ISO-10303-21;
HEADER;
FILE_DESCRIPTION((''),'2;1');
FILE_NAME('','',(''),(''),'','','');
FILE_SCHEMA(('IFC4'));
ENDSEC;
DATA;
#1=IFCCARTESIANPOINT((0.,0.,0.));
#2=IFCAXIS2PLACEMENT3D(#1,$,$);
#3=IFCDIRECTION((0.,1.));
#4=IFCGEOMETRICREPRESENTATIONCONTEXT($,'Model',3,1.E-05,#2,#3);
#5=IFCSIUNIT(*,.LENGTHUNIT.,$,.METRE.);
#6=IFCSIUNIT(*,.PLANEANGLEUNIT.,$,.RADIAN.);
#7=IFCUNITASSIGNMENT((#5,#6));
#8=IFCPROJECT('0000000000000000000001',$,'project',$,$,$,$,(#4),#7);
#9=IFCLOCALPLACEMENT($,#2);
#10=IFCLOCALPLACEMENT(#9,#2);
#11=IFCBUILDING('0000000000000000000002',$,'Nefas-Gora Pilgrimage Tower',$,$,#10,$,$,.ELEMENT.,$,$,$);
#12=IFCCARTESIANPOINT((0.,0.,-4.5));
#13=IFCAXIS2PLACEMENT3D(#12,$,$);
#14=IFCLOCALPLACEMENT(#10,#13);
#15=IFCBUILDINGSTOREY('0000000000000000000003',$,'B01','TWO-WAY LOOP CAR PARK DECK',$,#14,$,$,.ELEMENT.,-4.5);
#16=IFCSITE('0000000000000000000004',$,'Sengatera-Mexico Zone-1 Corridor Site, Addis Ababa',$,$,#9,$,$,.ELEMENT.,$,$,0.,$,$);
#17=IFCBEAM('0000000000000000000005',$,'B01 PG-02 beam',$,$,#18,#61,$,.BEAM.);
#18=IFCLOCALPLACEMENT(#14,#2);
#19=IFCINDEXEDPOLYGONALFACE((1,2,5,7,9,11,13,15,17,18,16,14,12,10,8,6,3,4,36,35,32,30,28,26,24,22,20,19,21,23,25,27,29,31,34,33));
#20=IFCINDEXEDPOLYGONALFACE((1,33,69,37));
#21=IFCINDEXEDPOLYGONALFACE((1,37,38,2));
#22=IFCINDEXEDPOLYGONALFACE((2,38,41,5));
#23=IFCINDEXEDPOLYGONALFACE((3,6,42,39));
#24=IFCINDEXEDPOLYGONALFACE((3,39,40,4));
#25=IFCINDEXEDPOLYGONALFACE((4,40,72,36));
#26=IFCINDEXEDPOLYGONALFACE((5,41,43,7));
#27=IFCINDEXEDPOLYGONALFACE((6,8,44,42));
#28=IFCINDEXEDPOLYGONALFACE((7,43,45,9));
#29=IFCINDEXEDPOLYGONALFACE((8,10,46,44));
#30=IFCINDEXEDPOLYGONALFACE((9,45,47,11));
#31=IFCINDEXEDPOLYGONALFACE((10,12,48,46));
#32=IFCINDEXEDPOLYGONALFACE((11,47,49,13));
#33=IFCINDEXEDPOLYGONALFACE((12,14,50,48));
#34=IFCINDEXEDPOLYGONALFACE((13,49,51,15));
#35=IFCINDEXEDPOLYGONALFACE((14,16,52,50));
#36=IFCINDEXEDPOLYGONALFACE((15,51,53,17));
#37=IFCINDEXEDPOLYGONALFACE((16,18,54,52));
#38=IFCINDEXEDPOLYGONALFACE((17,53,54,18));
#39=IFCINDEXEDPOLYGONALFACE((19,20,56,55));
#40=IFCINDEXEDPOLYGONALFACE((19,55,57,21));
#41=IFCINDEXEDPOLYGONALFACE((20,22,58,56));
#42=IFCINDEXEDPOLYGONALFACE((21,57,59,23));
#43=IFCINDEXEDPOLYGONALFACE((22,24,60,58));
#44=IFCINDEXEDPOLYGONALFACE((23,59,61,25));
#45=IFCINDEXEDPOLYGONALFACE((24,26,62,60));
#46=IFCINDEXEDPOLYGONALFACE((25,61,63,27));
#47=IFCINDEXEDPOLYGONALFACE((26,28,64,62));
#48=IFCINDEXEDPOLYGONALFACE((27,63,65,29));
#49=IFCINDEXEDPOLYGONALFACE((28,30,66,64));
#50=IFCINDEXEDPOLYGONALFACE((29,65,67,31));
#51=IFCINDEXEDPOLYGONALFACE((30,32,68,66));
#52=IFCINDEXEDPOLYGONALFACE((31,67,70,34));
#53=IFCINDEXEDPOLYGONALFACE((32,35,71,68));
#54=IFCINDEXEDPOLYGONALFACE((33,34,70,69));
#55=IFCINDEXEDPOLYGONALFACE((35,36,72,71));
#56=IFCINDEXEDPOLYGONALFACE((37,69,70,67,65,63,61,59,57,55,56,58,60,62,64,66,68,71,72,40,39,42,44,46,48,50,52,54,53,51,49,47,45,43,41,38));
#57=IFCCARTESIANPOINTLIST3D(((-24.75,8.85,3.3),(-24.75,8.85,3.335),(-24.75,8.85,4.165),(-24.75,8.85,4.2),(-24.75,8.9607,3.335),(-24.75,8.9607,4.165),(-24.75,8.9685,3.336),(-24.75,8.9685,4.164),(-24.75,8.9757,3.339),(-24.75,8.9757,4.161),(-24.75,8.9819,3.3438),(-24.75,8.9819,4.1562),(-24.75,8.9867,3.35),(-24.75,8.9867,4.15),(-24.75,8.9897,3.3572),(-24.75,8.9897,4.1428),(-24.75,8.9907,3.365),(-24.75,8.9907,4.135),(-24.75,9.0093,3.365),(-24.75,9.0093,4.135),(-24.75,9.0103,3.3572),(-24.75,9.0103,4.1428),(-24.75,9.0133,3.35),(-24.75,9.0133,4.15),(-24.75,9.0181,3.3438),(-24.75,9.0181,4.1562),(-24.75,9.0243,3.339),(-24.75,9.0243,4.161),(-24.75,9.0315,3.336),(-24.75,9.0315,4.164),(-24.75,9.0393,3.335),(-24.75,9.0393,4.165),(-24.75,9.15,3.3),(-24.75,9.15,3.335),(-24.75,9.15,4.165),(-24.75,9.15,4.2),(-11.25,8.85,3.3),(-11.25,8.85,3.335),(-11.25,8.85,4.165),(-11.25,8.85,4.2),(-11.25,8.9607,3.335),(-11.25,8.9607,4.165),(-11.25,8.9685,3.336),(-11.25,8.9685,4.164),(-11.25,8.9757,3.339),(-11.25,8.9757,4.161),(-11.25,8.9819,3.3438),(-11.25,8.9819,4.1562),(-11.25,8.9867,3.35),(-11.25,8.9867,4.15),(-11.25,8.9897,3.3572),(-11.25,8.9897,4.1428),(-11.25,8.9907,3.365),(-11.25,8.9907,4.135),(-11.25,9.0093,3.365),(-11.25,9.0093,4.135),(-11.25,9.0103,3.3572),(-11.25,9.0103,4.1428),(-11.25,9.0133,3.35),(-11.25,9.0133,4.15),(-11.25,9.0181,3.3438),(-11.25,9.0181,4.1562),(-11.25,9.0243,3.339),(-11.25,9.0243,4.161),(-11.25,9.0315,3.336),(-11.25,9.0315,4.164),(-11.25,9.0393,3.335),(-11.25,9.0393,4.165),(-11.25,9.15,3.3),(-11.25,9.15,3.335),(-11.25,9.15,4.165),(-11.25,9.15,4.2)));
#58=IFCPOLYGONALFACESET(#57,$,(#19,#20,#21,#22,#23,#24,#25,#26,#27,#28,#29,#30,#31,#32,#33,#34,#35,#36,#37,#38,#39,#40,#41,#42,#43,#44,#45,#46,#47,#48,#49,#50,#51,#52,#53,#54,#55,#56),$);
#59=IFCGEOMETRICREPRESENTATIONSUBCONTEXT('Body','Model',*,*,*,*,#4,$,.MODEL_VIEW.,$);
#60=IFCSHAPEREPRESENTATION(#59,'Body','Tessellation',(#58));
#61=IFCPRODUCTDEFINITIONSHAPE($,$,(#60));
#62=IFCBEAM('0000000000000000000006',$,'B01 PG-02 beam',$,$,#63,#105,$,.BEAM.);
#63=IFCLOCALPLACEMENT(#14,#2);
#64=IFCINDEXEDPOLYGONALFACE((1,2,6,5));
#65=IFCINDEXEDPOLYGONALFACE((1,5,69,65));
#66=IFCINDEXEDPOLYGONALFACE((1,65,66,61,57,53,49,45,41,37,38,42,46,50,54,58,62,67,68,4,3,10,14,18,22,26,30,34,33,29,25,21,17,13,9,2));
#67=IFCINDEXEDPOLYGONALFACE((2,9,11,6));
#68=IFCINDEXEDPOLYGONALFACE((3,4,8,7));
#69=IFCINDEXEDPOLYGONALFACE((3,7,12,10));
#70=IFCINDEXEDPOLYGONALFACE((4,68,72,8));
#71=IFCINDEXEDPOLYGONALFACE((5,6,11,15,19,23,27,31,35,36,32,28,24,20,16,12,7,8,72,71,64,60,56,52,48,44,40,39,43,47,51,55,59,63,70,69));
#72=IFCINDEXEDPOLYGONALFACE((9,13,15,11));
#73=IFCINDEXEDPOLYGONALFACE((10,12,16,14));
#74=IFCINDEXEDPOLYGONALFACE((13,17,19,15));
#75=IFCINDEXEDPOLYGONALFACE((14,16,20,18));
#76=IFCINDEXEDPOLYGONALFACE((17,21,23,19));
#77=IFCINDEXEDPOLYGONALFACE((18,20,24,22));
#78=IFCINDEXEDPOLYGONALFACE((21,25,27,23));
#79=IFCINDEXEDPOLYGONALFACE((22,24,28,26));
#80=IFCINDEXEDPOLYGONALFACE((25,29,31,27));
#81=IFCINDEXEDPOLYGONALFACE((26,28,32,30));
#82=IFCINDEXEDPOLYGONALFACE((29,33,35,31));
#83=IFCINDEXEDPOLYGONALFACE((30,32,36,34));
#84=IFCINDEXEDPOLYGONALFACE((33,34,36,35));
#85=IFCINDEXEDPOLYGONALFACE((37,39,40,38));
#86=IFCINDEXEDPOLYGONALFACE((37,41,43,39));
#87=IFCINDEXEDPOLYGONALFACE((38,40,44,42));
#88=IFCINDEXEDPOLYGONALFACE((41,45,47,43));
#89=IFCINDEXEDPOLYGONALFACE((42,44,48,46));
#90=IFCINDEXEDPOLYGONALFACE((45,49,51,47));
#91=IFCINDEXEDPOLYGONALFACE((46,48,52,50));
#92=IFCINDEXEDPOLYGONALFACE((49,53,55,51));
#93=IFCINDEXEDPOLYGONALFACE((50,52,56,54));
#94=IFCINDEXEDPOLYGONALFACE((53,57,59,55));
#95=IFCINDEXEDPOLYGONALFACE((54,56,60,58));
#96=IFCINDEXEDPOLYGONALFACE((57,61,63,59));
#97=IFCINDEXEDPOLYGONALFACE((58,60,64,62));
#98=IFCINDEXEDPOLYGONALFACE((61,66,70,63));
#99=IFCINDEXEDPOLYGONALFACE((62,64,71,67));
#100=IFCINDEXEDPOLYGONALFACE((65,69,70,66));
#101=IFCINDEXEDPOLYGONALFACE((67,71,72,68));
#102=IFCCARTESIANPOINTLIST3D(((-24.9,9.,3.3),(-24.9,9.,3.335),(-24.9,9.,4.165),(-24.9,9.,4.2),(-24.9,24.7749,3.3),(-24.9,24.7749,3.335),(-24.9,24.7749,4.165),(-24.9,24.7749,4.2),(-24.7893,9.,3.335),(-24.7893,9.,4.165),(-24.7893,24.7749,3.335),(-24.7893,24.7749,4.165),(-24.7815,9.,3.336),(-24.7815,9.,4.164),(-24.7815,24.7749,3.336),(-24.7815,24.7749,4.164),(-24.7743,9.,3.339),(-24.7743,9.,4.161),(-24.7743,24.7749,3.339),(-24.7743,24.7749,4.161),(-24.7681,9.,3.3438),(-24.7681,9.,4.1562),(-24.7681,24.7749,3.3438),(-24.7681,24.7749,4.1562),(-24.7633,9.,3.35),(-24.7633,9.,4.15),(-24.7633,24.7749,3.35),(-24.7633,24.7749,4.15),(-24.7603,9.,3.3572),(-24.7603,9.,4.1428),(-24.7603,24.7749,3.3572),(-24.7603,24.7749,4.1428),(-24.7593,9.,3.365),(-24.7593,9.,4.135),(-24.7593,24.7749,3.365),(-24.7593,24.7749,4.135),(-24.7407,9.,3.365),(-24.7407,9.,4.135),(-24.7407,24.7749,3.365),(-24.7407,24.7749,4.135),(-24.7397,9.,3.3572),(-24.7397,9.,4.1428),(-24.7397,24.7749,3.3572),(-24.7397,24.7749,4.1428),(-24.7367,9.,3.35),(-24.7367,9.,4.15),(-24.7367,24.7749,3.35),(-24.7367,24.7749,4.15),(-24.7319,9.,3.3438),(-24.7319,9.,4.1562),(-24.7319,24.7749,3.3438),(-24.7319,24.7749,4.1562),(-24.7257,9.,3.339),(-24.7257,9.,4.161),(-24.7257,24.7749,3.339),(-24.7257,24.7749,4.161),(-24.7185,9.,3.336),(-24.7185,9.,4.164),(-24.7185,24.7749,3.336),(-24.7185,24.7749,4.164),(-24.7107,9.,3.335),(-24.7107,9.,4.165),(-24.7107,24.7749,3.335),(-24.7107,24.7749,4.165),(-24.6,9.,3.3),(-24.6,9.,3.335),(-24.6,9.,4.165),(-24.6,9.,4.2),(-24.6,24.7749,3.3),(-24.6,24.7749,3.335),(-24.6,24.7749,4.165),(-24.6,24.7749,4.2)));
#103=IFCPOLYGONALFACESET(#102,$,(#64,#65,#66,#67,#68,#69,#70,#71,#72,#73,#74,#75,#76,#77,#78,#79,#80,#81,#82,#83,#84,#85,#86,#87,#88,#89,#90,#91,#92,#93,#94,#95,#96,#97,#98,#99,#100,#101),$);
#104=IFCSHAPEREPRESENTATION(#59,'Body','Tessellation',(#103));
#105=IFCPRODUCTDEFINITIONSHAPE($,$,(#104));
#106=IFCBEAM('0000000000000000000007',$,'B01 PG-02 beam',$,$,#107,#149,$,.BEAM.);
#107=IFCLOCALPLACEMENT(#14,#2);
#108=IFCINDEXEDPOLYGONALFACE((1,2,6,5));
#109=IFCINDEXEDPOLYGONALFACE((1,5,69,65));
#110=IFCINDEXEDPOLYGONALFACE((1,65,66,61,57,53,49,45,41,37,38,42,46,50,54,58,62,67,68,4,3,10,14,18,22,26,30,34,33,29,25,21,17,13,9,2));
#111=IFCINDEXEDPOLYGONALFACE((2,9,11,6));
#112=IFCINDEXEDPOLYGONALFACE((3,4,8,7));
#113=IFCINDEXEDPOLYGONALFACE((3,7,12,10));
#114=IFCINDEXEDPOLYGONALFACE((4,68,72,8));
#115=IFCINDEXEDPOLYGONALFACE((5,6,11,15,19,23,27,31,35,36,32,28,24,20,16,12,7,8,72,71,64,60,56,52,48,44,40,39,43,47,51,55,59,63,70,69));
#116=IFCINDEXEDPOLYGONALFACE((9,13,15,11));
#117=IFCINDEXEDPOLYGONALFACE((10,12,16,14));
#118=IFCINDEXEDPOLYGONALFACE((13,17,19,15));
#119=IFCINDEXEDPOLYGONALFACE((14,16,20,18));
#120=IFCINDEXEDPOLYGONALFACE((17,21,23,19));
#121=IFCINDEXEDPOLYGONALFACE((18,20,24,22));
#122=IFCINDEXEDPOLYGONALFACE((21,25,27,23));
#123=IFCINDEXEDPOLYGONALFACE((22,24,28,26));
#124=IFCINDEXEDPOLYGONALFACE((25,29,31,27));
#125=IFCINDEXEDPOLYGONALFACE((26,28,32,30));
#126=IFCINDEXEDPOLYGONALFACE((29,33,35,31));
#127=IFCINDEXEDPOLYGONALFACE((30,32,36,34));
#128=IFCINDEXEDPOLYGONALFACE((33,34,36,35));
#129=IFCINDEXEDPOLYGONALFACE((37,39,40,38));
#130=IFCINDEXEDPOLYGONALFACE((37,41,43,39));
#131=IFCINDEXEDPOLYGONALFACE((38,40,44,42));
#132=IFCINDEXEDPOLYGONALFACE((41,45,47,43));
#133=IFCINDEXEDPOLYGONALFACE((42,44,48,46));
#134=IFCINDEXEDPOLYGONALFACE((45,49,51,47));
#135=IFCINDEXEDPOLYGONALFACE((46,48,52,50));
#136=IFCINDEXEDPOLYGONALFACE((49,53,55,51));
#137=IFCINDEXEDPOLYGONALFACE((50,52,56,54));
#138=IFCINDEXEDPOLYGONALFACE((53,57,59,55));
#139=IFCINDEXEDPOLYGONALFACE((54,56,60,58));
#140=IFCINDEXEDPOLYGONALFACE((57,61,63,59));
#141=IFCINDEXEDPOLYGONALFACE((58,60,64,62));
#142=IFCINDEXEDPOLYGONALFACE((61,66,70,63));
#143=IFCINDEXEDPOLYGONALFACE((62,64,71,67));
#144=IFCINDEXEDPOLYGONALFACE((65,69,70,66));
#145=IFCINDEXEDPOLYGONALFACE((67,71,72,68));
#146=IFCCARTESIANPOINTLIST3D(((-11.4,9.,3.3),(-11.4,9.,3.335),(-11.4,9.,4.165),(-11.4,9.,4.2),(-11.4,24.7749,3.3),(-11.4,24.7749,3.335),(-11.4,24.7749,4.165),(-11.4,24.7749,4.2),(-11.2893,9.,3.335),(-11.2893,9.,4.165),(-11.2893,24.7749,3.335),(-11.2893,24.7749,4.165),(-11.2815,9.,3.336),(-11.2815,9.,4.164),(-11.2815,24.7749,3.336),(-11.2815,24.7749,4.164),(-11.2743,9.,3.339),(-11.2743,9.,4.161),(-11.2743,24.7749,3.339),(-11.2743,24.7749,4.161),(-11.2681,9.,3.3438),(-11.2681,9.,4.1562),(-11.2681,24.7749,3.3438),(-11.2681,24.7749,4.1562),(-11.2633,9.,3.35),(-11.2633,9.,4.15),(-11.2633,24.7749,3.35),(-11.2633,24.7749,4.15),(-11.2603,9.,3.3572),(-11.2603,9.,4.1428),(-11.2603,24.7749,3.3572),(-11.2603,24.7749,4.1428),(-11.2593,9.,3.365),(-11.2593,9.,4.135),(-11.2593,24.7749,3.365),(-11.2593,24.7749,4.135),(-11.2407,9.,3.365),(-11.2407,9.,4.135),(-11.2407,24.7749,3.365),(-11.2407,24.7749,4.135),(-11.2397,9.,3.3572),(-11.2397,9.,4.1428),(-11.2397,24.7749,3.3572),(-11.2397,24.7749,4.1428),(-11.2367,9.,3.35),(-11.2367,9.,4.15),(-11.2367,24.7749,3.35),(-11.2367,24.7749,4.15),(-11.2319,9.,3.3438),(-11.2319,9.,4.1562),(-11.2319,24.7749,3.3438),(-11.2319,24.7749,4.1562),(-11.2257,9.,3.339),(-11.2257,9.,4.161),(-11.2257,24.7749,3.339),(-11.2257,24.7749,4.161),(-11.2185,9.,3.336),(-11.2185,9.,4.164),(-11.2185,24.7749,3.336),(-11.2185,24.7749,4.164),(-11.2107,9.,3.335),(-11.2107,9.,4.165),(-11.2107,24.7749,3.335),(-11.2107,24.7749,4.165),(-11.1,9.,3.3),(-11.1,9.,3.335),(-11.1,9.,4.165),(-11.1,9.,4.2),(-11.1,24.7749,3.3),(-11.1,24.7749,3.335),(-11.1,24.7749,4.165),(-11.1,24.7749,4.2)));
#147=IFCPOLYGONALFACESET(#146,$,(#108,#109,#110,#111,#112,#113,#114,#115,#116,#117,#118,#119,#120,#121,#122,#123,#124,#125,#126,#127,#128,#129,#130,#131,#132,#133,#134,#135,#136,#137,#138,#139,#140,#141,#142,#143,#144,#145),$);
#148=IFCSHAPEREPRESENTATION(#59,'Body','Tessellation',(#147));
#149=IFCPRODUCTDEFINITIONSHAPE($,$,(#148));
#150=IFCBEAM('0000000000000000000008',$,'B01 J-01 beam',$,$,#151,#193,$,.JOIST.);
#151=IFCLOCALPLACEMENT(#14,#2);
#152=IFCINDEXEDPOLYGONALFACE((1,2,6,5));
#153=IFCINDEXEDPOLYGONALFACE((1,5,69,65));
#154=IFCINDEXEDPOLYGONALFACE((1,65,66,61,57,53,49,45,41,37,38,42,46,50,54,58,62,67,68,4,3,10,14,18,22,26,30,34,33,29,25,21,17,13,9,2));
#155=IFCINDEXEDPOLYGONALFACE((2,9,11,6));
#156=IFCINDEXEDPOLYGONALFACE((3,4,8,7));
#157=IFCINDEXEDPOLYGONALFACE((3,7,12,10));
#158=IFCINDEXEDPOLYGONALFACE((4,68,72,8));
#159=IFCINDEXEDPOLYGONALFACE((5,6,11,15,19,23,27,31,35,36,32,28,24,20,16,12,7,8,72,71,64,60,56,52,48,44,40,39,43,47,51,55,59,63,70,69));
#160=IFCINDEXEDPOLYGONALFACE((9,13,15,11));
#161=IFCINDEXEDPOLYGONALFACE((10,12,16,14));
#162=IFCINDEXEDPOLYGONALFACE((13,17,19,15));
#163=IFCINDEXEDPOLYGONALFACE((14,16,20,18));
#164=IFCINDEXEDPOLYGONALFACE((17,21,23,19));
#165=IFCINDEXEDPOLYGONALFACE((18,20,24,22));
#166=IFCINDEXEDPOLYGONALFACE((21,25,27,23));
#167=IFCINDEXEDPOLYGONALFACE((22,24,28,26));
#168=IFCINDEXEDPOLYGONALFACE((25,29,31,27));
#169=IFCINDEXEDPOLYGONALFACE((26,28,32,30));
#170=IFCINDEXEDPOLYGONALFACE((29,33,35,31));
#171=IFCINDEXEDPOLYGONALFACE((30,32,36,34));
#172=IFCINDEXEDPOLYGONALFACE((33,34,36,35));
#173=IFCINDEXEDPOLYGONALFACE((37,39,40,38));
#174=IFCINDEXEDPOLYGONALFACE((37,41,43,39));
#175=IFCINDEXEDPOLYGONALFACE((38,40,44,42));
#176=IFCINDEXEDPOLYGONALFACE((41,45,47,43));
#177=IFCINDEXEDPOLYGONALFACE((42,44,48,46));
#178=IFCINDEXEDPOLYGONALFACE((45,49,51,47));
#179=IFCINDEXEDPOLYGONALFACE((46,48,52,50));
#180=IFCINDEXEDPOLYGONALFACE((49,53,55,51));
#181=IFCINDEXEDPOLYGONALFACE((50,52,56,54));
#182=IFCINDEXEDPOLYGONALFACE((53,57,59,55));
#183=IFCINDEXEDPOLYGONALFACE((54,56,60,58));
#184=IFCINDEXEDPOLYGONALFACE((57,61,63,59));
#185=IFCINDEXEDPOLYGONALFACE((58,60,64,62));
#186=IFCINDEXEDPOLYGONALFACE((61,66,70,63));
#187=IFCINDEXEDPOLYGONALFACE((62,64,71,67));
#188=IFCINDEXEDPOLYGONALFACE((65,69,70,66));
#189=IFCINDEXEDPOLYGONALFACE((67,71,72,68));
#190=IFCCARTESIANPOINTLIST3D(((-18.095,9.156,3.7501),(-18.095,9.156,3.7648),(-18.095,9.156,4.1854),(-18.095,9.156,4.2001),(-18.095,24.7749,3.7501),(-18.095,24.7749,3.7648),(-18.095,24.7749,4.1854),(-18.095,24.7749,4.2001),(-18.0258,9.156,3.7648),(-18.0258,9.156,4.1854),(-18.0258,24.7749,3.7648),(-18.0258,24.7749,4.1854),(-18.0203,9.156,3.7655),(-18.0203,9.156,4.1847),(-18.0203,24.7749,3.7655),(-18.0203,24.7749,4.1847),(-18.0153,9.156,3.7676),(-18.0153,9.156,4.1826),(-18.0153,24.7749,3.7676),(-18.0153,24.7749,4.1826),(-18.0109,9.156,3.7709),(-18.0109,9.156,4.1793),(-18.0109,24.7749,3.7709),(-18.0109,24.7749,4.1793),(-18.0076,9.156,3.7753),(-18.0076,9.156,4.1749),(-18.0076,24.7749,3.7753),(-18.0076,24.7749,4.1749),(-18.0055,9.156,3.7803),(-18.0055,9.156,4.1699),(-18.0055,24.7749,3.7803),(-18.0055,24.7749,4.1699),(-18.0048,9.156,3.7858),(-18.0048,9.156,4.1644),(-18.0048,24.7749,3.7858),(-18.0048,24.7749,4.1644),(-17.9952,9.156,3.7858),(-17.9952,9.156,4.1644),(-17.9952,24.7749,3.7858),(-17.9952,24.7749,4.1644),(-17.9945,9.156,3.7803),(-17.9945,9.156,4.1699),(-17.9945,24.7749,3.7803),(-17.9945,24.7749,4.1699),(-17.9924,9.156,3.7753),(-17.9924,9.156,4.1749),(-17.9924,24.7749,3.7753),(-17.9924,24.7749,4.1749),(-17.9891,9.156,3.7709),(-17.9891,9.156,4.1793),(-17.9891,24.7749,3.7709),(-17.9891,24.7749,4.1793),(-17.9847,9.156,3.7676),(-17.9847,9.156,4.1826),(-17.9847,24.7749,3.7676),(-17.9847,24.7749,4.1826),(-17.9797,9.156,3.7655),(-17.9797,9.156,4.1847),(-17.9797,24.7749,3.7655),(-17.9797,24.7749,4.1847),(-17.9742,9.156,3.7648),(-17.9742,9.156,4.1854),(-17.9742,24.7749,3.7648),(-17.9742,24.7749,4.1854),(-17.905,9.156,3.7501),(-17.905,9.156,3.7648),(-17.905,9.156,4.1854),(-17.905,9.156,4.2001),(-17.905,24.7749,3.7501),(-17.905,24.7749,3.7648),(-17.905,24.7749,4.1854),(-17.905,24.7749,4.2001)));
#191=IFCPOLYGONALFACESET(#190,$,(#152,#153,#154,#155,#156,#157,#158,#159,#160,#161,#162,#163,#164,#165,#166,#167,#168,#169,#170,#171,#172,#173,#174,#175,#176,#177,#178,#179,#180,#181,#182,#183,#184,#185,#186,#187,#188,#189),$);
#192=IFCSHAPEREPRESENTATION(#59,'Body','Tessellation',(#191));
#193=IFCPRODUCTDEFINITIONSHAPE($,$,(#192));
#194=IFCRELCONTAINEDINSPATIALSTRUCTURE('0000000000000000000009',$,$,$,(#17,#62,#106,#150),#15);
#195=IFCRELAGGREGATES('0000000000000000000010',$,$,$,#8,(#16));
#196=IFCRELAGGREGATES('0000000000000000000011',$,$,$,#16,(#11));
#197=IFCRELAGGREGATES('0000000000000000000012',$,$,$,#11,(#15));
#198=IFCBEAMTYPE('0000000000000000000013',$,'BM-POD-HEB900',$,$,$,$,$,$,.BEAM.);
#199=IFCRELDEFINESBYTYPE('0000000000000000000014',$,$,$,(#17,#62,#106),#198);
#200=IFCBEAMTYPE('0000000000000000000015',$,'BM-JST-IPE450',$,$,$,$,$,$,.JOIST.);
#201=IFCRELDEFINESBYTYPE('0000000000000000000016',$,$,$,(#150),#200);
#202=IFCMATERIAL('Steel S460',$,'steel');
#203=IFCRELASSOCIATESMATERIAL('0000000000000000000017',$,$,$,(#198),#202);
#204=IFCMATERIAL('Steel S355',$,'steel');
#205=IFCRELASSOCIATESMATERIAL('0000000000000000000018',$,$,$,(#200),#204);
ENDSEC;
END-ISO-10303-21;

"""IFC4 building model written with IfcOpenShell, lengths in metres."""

from ifc_helpers import new_model, si_unit, direction, frame, origin, origin_2d, place, context, subcontext, project, spatial, i_section, extrude, source, transform, mapped, material, material_profile, profile_set, type_object, element, save


model = new_model("IFC4")

# Units and contexts
model_context = context("Model", 3, precision=1e-05, world=origin(), true_north=direction((0.0, 1.0)))
body_context = subcontext(model_context, "Body", "Model", "MODEL_VIEW")
ifc_project = project(units=[si_unit("LENGTHUNIT", "METRE"), si_unit("PLANEANGLEUNIT", "RADIAN")], contexts=[model_context])

# Site, building, storey
site_placement = place(None, origin())
site = spatial("IfcSite", under=ifc_project, at=site_placement, Name="Sengatera-Mexico Zone-1 Corridor Site, Addis Ababa", CompositionType="ELEMENT", RefElevation=0.0)
building_placement = place(site_placement, origin())
building = spatial("IfcBuilding", under=site, at=building_placement, Name="Nefas-Gora Pilgrimage Tower", CompositionType="ELEMENT")
storey_placement = place(building_placement, frame((0.0, 0.0, -4.5)))
storey = spatial("IfcBuildingStorey", under=building, at=storey_placement, Name="B01", Description="TWO-WAY LOOP CAR PARK DECK", CompositionType="ELEMENT", Elevation=-4.5)

# Shared definitions
ifc_material_1 = material(Name="Steel S460", Category="steel")

# Beams
ifc_material_profile_1 = material_profile(ifc_material_1, i_section(OverallWidth=0.3, OverallDepth=0.8999, WebThickness=0.0186, FlangeThickness=0.0349, FilletRadius=0.03, at=origin_2d()), Name="HEB 900")
ifc_profile_set_1 = profile_set([ifc_material_profile_1], Name="Steel S460")
beam_type_1 = type_object("IfcBeamType", Name="BM-POD-HEB900", PredefinedType="BEAM", material=ifc_profile_set_1)
shared_shape_1 = source(origin(), body_context, "Body", "SweptSolid", [
    extrude(i_section(OverallWidth=0.3, OverallDepth=0.8999, WebThickness=0.0186, FlangeThickness=0.0349, FilletRadius=0.03, at=origin_2d()), origin(), (0.0, 0.0, 1.0), 13.5),
])
beam_1_placement = place(storey_placement, frame((-24.75, 9.0, 3.75), z_axis=(1.0, 0.0, 0.0), x_axis=(0.0, 1.0, 0.0)))
element("IfcBeam", 1, at=beam_1_placement, inside=storey, type_object=beam_type_1, Name="B01 PG-02 beam", PredefinedType="BEAM", context=body_context, shape_type="MappedRepresentation", body=[
    mapped(shared_shape_1, transform((0.0, 0.0, 0.0), x_axis=(1.0, 0.0, 0.0), y_axis=(0.0, 1.0, 0.0), z_axis=(0.0, 0.0, 1.0), scale=1.0)),
])
shared_shape_2 = source(origin(), body_context, "Body", "SweptSolid", [
    extrude(i_section(OverallWidth=0.3, OverallDepth=0.8999, WebThickness=0.0186, FlangeThickness=0.0349, FilletRadius=0.03, at=origin_2d()), origin(), (0.0, 0.0, 1.0), 15.7749),
])
for number, where, z_axis, x_axis, name in (
    (2, (-24.75, 9.0, 3.75), (0.0, 1.0, 0.0), (-1.0, 0.0, 0.0), "B01 PG-02 beam"),
    (3, (-11.25, 9.0, 3.75), (0.0, 1.0, 0.0), (-1.0, 0.0, 0.0), "B01 PG-02 beam"),
):
    element("IfcBeam", number, at=place(storey_placement, frame(where, z_axis=z_axis, x_axis=x_axis)), inside=storey, type_object=beam_type_1, Name=name, PredefinedType="BEAM", context=body_context, shape_type="MappedRepresentation", body=[
        mapped(shared_shape_2, transform((0.0, 0.0, 0.0), x_axis=(1.0, 0.0, 0.0), y_axis=(0.0, 1.0, 0.0), z_axis=(0.0, 0.0, 1.0), scale=1.0)),
    ])
ifc_material_2 = material(Name="Steel S355", Category="steel")
ifc_material_profile_2 = material_profile(ifc_material_2, i_section(OverallWidth=0.1899, OverallDepth=0.45, WebThickness=0.0095, FlangeThickness=0.0146, FilletRadius=0.021, at=origin_2d()), Name="IPE 450")
ifc_profile_set_2 = profile_set([ifc_material_profile_2], Name="Steel S355")
beam_type_2 = type_object("IfcBeamType", Name="BM-JST-IPE450", PredefinedType="JOIST", material=ifc_profile_set_2)
shared_shape_3 = source(origin(), body_context, "Body", "SweptSolid", [
    extrude(i_section(OverallWidth=0.1899, OverallDepth=0.45, WebThickness=0.0095, FlangeThickness=0.0146, FilletRadius=0.021, at=origin_2d()), origin(), (0.0, 0.0, 1.0), 15.6189),
])
beam_2_placement = place(storey_placement, frame((-18.0, 9.156, 3.9751), z_axis=(0.0, 1.0, 0.0), x_axis=(-1.0, 0.0, 0.0)))
element("IfcBeam", 4, at=beam_2_placement, inside=storey, type_object=beam_type_2, Name="B01 J-01 beam", PredefinedType="JOIST", context=body_context, shape_type="MappedRepresentation", body=[
    mapped(shared_shape_3, transform((0.0, 0.0, 0.0), x_axis=(1.0, 0.0, 0.0), y_axis=(0.0, 1.0, 0.0), z_axis=(0.0, 0.0, 1.0), scale=1.0)),
])

save(model, "model.ifc")
